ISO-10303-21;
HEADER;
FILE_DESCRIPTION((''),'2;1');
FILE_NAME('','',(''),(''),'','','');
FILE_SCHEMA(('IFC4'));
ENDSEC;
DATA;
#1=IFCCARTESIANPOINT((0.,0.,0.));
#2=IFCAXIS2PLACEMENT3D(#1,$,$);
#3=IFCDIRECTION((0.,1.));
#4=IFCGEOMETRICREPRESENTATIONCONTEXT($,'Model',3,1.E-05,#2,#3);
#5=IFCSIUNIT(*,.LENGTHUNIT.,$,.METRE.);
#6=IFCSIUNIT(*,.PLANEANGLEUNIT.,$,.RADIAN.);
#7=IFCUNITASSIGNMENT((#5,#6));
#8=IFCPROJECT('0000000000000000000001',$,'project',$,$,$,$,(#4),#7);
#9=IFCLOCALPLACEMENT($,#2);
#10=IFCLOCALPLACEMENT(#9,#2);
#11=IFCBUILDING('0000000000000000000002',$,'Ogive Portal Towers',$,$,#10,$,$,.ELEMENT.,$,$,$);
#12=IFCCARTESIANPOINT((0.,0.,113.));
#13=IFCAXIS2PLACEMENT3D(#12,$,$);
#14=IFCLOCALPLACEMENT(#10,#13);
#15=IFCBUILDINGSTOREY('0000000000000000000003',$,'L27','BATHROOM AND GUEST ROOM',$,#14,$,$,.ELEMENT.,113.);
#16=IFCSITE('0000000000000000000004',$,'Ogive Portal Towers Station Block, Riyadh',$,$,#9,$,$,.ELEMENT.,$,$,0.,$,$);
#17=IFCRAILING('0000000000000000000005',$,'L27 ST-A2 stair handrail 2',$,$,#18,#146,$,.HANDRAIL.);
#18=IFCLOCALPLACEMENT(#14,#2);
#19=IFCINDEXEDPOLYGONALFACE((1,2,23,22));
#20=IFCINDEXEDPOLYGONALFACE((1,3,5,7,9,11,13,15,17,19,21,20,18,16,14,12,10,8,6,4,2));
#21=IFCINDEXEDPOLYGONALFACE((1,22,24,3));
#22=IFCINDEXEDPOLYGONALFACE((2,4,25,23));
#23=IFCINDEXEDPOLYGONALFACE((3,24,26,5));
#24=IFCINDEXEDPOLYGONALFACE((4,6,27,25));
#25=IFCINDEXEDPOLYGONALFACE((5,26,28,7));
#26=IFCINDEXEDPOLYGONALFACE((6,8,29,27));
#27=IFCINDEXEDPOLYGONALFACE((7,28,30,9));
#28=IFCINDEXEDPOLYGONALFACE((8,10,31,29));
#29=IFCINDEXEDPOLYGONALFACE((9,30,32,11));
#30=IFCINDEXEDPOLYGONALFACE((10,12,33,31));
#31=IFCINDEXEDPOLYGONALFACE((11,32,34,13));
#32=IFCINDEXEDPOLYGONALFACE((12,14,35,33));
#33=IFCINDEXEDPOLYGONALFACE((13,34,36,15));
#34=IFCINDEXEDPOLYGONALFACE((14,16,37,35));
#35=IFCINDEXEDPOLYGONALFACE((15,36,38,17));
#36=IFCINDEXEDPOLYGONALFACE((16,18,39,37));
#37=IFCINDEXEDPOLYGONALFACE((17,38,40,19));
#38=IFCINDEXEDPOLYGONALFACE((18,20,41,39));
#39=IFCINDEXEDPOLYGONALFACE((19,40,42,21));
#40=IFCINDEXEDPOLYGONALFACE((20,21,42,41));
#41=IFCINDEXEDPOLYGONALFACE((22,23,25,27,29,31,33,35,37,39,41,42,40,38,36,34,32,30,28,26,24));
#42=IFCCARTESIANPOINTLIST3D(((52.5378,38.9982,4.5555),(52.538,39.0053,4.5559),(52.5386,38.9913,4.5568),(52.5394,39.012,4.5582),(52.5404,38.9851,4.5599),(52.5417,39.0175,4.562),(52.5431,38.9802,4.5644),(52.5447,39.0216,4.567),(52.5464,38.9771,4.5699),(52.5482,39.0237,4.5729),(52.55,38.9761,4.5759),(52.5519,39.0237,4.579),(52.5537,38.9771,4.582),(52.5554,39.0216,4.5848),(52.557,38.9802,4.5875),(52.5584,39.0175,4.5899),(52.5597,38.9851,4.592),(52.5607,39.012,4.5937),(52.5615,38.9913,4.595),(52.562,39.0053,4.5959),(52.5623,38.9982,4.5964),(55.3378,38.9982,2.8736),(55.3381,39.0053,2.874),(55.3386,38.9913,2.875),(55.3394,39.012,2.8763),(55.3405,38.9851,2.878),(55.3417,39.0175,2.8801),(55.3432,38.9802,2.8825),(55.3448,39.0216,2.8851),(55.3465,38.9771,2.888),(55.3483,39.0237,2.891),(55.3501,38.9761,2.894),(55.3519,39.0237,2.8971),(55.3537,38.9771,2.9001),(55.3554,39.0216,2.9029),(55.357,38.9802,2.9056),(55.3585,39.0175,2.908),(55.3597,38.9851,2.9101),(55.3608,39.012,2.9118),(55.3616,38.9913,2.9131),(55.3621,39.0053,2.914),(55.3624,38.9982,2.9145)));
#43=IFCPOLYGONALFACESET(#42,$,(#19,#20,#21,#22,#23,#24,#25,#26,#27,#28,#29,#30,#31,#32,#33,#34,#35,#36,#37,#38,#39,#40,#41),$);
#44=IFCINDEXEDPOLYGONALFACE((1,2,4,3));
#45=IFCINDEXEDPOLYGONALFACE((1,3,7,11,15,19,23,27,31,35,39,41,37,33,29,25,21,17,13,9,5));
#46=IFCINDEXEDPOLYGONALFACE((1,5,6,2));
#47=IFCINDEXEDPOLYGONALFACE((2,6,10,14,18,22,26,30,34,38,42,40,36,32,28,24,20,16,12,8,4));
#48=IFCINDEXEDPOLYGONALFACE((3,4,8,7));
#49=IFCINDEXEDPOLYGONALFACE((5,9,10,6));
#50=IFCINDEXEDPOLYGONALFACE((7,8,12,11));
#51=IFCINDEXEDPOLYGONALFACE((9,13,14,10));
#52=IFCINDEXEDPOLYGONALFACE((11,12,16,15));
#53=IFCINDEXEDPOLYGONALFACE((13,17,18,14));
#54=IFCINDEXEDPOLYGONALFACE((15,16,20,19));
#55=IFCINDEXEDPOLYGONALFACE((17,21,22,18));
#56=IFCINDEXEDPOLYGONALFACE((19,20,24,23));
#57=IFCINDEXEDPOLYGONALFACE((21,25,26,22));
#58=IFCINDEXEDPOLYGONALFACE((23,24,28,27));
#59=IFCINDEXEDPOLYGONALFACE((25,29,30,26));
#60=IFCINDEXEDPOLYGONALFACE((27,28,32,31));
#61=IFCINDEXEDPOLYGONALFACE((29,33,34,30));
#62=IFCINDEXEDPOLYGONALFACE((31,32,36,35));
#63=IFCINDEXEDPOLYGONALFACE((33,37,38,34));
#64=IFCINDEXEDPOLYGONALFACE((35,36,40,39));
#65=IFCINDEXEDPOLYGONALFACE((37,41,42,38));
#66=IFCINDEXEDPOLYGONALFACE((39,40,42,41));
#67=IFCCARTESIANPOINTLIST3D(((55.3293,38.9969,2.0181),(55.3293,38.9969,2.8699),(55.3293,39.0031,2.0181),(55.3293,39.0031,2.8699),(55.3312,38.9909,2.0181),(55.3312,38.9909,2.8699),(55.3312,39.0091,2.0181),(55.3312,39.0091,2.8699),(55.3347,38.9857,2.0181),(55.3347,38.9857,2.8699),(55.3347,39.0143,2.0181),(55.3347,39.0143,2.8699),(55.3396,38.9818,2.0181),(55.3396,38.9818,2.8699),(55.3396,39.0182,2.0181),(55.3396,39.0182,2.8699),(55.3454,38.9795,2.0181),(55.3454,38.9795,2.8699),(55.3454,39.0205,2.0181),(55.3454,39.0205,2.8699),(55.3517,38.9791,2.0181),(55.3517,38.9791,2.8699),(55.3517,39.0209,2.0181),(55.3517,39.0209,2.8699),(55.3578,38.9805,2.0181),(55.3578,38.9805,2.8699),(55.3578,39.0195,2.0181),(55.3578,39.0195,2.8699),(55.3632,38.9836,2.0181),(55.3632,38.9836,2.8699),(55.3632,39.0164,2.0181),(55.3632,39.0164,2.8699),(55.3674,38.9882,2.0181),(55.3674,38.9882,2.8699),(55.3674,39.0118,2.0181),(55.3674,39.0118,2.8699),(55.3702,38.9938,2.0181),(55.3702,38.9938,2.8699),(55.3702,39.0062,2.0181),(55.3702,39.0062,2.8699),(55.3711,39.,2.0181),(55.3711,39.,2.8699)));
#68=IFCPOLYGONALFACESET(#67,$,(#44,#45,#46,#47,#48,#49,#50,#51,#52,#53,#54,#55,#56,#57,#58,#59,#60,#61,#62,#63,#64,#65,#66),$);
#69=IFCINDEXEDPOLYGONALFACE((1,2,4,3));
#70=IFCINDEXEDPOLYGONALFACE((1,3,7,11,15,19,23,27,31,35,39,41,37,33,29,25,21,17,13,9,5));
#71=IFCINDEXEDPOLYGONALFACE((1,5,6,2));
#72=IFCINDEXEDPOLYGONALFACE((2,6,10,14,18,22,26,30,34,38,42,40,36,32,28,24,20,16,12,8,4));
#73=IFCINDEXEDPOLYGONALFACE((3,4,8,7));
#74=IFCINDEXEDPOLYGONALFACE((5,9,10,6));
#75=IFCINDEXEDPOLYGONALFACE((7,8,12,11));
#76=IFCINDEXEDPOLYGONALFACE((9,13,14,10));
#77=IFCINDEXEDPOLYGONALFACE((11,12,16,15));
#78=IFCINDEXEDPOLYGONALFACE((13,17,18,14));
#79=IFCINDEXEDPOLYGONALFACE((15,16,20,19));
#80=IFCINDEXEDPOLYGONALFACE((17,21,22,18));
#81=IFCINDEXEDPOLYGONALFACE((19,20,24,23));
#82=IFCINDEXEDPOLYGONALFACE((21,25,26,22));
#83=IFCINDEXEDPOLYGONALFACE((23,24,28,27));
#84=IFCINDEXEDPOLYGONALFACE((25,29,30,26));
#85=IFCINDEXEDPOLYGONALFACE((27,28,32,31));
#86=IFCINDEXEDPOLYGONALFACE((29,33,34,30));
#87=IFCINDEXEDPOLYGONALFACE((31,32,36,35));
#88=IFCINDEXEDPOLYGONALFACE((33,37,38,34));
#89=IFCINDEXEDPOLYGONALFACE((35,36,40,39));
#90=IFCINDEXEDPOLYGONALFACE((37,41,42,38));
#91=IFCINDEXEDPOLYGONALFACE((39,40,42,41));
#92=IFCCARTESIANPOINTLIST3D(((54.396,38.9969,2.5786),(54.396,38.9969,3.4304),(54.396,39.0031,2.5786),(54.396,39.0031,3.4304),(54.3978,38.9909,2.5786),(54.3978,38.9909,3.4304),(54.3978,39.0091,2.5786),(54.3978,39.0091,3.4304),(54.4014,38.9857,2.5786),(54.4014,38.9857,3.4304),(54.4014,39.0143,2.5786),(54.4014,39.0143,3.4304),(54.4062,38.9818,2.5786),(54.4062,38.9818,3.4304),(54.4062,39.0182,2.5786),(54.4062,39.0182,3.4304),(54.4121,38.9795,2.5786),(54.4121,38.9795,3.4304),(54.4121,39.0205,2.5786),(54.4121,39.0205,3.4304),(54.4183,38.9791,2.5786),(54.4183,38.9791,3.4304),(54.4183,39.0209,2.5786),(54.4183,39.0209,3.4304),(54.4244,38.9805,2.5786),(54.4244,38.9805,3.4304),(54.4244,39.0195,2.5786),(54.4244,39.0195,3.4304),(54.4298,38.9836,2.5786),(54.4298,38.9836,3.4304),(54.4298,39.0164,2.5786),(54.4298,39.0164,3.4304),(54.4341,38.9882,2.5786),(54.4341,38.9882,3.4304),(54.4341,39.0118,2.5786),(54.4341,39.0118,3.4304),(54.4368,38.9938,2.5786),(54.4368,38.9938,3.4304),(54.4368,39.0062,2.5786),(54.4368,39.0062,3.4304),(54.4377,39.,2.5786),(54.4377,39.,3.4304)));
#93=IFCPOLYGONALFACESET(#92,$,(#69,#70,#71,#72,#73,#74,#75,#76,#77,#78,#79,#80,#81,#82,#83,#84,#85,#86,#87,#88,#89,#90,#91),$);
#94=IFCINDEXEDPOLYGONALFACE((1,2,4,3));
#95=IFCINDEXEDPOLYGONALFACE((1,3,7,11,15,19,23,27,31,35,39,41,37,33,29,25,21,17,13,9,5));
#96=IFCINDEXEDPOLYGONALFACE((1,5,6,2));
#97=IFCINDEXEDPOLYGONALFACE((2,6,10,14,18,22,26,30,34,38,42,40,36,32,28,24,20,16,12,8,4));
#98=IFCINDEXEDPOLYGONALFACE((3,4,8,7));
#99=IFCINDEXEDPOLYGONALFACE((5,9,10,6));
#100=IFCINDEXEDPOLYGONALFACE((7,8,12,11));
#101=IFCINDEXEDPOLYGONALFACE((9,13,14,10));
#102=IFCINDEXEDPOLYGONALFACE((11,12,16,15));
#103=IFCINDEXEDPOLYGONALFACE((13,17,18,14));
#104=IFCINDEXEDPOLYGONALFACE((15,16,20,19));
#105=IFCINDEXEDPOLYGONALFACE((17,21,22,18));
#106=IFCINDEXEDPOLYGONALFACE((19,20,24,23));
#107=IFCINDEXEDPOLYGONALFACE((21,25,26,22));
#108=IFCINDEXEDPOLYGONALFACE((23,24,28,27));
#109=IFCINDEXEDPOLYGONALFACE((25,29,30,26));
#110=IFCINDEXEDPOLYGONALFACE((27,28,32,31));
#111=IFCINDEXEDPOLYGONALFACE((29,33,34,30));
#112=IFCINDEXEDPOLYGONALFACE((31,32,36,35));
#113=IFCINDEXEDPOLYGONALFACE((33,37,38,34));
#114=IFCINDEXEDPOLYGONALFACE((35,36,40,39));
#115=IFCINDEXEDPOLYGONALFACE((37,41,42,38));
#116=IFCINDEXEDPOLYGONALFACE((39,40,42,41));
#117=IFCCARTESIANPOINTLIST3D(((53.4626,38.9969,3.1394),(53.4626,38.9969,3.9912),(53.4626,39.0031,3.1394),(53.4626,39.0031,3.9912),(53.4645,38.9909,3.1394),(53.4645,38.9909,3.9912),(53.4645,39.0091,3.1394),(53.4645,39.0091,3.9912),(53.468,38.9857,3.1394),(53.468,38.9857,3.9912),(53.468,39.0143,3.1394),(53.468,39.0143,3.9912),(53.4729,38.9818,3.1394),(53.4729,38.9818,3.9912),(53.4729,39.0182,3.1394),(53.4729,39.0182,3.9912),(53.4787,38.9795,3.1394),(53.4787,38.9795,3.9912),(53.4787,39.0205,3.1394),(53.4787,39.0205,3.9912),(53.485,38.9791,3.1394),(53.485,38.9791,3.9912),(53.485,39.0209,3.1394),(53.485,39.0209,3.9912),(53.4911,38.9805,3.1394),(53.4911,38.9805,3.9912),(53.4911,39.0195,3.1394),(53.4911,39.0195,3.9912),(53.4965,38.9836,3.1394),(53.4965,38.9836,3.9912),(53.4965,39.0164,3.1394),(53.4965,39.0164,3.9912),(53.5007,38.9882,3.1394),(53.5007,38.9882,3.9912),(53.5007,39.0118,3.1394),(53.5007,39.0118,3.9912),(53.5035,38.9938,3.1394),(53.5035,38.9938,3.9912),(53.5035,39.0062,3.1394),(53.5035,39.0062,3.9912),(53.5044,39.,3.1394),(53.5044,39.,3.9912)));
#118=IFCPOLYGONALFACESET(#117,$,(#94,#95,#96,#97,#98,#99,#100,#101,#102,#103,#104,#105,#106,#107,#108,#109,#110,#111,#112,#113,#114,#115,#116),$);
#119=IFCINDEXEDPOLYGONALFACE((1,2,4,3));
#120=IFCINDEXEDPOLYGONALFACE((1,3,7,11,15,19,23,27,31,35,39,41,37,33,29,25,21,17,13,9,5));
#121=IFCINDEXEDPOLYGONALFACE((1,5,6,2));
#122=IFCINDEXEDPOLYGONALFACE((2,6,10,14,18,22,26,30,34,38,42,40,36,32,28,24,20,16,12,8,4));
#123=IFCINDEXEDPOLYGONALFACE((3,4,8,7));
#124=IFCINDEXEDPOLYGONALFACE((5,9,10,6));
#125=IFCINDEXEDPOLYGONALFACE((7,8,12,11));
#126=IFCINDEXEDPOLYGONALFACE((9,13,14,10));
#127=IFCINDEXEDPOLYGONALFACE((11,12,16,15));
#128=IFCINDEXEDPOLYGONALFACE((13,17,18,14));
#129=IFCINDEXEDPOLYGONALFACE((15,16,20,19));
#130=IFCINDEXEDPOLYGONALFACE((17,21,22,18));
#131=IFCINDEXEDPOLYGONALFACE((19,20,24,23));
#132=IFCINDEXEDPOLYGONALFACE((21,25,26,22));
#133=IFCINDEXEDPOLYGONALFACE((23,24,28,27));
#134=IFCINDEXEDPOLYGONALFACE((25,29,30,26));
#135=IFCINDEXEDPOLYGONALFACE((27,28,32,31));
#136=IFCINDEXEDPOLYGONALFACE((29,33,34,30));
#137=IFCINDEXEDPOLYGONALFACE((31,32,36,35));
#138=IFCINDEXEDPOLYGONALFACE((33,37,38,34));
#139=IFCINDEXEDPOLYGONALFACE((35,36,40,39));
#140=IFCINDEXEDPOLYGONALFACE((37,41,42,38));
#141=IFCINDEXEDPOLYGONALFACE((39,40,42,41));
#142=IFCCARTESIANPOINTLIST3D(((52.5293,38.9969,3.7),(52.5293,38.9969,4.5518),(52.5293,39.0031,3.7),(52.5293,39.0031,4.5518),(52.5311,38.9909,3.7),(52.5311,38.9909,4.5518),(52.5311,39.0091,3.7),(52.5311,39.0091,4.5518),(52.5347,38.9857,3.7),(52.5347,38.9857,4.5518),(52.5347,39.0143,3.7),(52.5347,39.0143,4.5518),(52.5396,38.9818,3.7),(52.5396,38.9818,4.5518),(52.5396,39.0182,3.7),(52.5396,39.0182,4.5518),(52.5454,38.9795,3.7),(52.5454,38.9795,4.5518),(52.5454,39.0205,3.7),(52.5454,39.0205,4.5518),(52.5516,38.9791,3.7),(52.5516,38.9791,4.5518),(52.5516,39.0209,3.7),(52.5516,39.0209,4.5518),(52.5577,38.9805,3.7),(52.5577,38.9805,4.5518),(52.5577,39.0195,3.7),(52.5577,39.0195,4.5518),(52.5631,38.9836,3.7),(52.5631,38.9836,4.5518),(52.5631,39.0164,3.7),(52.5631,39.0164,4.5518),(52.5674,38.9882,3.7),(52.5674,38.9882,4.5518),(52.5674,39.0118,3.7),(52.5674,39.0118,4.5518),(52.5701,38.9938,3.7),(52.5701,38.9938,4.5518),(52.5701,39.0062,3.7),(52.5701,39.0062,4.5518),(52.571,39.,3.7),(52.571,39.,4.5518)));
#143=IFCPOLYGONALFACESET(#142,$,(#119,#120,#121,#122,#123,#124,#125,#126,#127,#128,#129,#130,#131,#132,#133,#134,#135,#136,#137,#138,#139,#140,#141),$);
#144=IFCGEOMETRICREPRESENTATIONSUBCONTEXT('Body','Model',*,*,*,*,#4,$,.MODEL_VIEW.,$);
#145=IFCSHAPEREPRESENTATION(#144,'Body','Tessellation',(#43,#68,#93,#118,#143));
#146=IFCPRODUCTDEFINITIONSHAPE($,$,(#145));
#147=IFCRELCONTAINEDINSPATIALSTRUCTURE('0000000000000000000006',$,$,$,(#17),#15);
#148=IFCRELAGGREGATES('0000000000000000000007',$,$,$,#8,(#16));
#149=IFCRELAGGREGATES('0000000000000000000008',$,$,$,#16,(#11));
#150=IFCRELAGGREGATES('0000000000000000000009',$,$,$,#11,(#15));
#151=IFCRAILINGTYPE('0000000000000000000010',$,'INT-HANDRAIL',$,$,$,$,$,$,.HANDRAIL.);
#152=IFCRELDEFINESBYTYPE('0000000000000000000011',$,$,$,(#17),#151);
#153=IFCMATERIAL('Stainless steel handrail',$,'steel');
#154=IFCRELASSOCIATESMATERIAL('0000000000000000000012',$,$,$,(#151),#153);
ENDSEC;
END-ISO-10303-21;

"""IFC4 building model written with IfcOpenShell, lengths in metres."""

from ifc_helpers import new_model, si_unit, direction, frame, origin, origin_2d, place, context, subcontext, project, spatial, circle, extrude, material, type_object, element, save


model = new_model("IFC4")

# Units and contexts
model_context = context("Model", 3, precision=1e-05, world=origin(), true_north=direction((0.0, 1.0)))
body_context = subcontext(model_context, "Body", "Model", "MODEL_VIEW")
ifc_project = project(units=[si_unit("LENGTHUNIT", "METRE"), si_unit("PLANEANGLEUNIT", "RADIAN")], contexts=[model_context])

# Site, building, storey
site_placement = place(None, origin())
site = spatial("IfcSite", under=ifc_project, at=site_placement, Name="Ogive Portal Towers Station Block, Riyadh", CompositionType="ELEMENT", RefElevation=0.0)
building_placement = place(site_placement, origin())
building = spatial("IfcBuilding", under=site, at=building_placement, Name="Ogive Portal Towers", CompositionType="ELEMENT")
storey_placement = place(building_placement, frame((0.0, 0.0, 113.0)))
storey = spatial("IfcBuildingStorey", under=building, at=storey_placement, Name="L27", Description="BATHROOM AND GUEST ROOM", CompositionType="ELEMENT", Elevation=113.0)

# Railing
ifc_material_1 = material(Name="Stainless steel handrail", Category="steel")
railing_type_1 = type_object("IfcRailingType", Name="INT-HANDRAIL", PredefinedType="HANDRAIL", material=ifc_material_1)
railing_1_placement = place(storey_placement, frame((55.3501, 39.0, 2.0181)))
element("IfcRailing", 1, at=railing_1_placement, inside=storey, type_object=railing_type_1, Name="L27 ST-A2 stair handrail 2", PredefinedType="HANDRAIL", context=body_context, shape_type="SweptSolid", body=[
    extrude(circle(Radius=0.0239, at=origin_2d()), frame((0.0, 0.0, 0.876), z_axis=(-0.857242, 0.0, 0.514913), x_axis=(0.0, -1.0, 0.0)), (0.0, 0.0, 1.0), 3.2664),
    extrude(circle(Radius=0.021, at=origin_2d()), origin(), (0.0, 0.0, 1.0), 0.8518),
    extrude(circle(Radius=0.021, at=origin_2d()), frame((-0.9333, 0.0, 0.5605)), (0.0, 0.0, 1.0), 0.8518),
    extrude(circle(Radius=0.021, at=origin_2d()), frame((-1.8667, 0.0, 1.1213)), (0.0, 0.0, 1.0), 0.8518),
    extrude(circle(Radius=0.021, at=origin_2d()), frame((-2.8, 0.0, 1.6819)), (0.0, 0.0, 1.0), 0.8518),
])

save(model, "model.ifc")
